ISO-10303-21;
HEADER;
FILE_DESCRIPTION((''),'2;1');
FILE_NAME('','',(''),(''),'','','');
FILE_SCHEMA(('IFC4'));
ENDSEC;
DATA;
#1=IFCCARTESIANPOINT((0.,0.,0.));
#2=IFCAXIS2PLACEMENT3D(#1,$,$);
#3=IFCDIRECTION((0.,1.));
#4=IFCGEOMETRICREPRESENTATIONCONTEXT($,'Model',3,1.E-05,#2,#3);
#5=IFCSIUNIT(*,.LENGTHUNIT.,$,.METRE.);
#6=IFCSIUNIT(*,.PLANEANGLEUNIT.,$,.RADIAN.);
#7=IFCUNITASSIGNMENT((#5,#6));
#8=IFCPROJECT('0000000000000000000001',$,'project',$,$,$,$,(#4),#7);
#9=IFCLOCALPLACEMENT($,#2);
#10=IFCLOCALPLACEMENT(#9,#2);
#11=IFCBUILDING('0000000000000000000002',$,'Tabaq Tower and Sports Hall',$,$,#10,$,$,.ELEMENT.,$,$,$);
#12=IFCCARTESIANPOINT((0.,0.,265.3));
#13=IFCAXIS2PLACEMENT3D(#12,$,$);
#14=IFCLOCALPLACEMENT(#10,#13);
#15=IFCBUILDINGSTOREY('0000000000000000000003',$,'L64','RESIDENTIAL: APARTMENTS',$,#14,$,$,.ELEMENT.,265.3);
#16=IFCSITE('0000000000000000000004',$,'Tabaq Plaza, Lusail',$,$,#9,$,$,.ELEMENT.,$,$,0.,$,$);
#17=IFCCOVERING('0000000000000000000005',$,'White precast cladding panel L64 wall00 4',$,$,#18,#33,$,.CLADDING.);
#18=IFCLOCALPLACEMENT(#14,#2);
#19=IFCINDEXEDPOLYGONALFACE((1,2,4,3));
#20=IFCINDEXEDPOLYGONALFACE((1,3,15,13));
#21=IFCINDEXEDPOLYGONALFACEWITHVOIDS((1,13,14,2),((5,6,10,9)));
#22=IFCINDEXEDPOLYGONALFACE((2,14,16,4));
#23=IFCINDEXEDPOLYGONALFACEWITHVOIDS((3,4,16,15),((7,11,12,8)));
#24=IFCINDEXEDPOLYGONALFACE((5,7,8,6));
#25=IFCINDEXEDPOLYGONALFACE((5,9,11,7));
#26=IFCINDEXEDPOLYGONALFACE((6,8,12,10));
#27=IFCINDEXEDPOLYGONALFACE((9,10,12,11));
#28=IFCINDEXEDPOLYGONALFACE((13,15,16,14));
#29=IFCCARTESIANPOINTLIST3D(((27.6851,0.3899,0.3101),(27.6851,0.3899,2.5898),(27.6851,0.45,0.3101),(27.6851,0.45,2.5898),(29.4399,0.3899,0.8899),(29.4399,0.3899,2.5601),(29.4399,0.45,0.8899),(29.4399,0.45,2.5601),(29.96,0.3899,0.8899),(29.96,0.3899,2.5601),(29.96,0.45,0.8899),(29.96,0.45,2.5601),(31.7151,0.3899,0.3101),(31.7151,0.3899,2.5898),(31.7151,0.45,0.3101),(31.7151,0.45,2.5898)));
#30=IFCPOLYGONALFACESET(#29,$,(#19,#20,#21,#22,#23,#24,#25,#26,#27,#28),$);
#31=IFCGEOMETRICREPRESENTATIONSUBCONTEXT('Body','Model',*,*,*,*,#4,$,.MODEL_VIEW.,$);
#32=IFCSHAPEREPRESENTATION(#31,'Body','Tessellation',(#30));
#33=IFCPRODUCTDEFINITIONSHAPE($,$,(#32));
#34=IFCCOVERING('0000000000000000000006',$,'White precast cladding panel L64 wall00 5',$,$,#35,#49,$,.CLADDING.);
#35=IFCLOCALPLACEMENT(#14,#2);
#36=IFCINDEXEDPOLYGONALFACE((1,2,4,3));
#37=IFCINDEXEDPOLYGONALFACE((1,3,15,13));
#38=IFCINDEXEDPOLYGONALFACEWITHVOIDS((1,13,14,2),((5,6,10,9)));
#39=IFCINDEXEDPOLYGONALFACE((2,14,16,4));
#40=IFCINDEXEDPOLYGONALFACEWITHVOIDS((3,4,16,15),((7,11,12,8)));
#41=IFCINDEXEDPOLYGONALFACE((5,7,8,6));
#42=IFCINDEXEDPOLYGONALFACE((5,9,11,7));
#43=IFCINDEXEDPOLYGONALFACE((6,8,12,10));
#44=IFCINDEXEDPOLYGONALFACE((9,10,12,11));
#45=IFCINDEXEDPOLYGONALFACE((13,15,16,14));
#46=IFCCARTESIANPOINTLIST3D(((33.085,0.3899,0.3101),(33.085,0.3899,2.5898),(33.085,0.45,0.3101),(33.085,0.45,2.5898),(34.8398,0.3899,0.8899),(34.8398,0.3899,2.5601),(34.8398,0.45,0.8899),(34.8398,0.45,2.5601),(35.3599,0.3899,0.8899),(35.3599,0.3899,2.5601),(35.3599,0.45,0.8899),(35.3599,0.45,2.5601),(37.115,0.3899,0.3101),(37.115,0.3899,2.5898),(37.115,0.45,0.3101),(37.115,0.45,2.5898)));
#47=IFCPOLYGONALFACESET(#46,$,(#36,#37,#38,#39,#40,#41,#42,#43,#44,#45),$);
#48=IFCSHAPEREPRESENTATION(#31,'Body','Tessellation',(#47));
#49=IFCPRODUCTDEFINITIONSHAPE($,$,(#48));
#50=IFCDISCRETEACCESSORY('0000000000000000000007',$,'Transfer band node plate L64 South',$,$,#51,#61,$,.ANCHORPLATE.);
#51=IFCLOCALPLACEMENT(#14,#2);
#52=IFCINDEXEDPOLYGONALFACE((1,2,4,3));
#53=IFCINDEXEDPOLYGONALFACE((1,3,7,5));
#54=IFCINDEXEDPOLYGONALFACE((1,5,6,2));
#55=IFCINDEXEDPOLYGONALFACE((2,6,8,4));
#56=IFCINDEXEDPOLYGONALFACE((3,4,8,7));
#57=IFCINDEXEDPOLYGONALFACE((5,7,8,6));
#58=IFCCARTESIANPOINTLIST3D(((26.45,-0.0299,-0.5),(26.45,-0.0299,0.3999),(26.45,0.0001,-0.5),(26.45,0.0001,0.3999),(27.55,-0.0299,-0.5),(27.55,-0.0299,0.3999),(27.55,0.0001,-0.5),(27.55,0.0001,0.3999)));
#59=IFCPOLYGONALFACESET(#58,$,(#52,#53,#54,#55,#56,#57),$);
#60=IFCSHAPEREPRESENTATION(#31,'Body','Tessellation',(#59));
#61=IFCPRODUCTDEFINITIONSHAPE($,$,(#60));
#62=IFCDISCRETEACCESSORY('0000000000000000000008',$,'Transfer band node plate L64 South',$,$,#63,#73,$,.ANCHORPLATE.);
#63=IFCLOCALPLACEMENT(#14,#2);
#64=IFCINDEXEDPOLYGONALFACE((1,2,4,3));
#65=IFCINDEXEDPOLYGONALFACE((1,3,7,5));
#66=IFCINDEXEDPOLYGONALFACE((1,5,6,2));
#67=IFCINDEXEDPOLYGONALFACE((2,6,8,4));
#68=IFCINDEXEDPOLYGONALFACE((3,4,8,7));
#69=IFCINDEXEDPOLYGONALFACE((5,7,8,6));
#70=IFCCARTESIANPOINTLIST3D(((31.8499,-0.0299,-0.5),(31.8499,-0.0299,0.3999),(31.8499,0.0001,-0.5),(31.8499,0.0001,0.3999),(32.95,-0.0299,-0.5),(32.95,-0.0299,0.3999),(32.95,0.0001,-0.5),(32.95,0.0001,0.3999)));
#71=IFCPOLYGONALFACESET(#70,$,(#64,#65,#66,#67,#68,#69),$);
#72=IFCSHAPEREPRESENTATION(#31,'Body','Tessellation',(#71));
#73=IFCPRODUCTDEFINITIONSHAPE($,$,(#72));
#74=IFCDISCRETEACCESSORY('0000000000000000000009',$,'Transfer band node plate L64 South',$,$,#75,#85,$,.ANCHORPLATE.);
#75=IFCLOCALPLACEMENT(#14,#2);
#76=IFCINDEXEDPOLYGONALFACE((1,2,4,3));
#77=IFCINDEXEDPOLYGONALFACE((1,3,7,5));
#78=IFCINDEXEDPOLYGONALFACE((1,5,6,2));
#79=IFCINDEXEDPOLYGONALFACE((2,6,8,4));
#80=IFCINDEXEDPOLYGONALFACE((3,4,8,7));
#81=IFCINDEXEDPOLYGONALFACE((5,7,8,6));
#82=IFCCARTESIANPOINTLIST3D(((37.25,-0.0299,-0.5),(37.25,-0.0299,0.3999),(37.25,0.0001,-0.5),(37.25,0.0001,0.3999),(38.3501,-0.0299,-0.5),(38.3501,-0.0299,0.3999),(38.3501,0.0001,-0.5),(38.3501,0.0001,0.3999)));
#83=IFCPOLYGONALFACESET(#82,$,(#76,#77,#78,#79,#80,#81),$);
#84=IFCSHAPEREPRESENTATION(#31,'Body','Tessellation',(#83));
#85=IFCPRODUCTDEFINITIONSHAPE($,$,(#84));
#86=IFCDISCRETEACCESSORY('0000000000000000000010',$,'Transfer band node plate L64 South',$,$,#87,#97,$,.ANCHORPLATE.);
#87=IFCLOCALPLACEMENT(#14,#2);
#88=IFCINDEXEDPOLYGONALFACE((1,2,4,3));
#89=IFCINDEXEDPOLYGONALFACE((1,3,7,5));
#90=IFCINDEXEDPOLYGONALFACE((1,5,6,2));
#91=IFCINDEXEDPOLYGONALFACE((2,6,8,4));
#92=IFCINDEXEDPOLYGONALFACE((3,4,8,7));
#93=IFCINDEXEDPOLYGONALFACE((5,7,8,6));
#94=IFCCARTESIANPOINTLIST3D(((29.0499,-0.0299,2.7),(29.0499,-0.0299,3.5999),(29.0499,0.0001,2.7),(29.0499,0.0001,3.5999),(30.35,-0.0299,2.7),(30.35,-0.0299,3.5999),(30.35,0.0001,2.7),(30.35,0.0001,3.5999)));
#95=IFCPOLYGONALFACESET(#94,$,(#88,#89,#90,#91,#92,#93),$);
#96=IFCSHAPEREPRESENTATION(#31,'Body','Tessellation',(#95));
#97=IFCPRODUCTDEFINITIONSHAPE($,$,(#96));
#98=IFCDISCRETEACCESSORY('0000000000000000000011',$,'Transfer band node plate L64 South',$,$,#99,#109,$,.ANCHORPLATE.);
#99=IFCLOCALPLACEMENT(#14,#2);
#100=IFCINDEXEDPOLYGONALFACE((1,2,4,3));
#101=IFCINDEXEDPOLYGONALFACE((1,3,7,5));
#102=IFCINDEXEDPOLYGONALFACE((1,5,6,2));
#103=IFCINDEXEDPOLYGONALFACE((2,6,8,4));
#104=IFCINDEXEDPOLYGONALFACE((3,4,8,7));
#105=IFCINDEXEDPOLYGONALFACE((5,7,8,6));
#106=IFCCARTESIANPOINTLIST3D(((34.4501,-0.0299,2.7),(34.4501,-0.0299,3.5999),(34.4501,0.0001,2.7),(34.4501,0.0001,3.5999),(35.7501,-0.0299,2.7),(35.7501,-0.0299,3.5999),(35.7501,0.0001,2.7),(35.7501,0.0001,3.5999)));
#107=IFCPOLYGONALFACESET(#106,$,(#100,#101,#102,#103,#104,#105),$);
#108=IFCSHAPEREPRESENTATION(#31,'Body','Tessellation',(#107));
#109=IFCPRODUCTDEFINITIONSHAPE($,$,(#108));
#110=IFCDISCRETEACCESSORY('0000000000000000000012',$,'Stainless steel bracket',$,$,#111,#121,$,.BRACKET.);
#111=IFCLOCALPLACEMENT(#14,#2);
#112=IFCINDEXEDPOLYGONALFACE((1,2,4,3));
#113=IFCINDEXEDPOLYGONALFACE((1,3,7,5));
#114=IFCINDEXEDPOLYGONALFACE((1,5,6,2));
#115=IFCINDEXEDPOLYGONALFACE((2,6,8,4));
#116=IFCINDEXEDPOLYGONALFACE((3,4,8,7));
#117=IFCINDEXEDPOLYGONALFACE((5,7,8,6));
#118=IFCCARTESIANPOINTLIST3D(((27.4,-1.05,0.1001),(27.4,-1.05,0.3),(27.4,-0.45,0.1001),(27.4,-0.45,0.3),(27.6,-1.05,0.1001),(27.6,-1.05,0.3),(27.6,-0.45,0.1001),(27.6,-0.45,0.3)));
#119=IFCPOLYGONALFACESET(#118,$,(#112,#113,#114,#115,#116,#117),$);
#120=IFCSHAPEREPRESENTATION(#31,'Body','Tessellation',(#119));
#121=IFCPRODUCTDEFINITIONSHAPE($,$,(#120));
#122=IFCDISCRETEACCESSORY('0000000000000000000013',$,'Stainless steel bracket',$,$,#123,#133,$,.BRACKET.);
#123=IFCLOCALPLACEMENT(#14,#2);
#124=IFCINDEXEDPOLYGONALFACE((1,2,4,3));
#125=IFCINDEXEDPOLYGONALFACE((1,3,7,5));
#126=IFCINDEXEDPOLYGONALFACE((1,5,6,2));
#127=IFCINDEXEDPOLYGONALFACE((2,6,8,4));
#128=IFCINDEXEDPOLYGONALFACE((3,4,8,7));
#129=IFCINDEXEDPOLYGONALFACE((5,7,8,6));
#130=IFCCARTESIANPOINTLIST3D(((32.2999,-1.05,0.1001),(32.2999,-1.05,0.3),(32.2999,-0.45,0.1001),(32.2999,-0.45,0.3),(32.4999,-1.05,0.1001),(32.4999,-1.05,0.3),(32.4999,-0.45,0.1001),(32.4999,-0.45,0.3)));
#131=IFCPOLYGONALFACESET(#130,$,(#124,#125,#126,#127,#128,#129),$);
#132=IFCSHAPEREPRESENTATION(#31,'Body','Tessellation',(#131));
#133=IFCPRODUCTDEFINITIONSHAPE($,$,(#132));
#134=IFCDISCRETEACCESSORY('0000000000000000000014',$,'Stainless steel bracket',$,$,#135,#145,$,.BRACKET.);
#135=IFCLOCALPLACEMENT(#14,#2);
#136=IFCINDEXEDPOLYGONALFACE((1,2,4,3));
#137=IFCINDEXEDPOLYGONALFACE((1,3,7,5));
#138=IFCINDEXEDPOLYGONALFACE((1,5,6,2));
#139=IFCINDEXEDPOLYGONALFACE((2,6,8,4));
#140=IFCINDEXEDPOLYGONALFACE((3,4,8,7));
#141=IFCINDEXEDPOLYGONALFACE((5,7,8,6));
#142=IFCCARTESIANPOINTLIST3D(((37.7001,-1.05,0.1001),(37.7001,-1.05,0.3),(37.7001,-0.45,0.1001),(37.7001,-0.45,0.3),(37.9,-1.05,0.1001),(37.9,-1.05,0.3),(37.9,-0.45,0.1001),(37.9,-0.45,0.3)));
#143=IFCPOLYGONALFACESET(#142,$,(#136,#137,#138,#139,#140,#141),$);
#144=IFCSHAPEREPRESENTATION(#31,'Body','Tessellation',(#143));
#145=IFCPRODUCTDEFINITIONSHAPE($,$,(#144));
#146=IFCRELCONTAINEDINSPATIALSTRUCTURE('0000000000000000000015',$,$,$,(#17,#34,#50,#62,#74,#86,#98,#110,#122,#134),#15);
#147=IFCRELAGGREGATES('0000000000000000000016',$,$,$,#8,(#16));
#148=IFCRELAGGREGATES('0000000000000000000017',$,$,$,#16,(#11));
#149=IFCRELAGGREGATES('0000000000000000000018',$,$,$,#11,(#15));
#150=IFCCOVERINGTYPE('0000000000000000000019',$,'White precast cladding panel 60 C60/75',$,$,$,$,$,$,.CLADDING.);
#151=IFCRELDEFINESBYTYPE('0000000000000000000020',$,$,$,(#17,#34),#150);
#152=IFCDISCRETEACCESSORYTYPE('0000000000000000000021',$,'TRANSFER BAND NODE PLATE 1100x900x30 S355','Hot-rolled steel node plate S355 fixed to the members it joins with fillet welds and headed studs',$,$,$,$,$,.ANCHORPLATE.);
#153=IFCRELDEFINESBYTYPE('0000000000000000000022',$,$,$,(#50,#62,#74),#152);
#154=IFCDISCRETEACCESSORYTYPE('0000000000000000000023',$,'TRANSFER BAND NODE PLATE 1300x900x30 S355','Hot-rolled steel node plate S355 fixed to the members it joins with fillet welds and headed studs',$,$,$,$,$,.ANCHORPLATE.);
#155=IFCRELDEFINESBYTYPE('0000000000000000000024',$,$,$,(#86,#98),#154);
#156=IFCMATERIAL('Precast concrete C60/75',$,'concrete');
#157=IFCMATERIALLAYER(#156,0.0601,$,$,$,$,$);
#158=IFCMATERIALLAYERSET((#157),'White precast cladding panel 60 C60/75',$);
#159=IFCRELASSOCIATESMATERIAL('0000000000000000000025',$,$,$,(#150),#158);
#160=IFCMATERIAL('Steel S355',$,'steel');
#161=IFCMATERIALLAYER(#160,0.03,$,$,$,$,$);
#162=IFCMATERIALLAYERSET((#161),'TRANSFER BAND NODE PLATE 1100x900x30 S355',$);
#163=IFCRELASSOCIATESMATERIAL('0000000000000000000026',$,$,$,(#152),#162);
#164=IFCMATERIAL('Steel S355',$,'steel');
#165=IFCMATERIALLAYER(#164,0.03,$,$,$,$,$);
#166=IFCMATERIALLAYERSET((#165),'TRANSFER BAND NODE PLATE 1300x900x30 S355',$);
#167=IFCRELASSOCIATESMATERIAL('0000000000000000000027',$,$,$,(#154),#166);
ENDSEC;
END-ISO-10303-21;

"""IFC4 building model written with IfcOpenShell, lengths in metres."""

from ifc_helpers import new_model, si_unit, direction, frame, origin, origin_2d, place, context, subcontext, project, spatial, polyline, rectangle, outline, extrude, material, layer, layer_set, type_object, element, save


model = new_model("IFC4")

# Units and contexts
model_context = context("Model", 3, precision=1e-05, world=origin(), true_north=direction((0.0, 1.0)))
body_context = subcontext(model_context, "Body", "Model", "MODEL_VIEW")
ifc_project = project(units=[si_unit("LENGTHUNIT", "METRE"), si_unit("PLANEANGLEUNIT", "RADIAN")], contexts=[model_context])

# Site, building, storey
site_placement = place(None, origin())
site = spatial("IfcSite", under=ifc_project, at=site_placement, Name="Tabaq Plaza, Lusail", CompositionType="ELEMENT", RefElevation=0.0)
building_placement = place(site_placement, origin())
building = spatial("IfcBuilding", under=site, at=building_placement, Name="Tabaq Tower and Sports Hall", CompositionType="ELEMENT")
storey_placement = place(building_placement, frame((0.0, 0.0, 265.3)))
storey = spatial("IfcBuildingStorey", under=building, at=storey_placement, Name="L64", Description="RESIDENTIAL: APARTMENTS", CompositionType="ELEMENT", Elevation=265.3)

# Coverings
ifc_material_1 = material(Name="Precast concrete C60/75", Category="concrete")
ifc_layer_1 = layer(ifc_material_1, 0.0601)
ifc_layer_set_1 = layer_set([ifc_layer_1], Name="White precast cladding panel 60 C60/75")
covering_type_1 = type_object("IfcCoveringType", Name="White precast cladding panel 60 C60/75", PredefinedType="CLADDING", material=ifc_layer_set_1)
for number, where, z_axis, x_axis, name in (
    (1, (27.6851, 0.4199, 0.3101), (0.0, 0.0, 1.0), (1.0, 0.0, 0.0), "White precast cladding panel L64 wall00 4"),
    (2, (33.085, 0.4199, 0.3101), (0.0, 0.0, 1.0), (1.0, 0.0, 0.0), "White precast cladding panel L64 wall00 5"),
):
    element("IfcCovering", number, at=place(storey_placement, frame(where, z_axis=z_axis, x_axis=x_axis)), inside=storey, type_object=covering_type_1, Name=name, PredefinedType="CLADDING", context=body_context, shape_type="SweptSolid", body=[
        extrude(outline(polyline([(0.0, 0.0), (4.03, 0.0), (4.03, 2.2798), (0.0, 2.2798), (0.0, 0.0)]), holes=[polyline([(2.2749, 0.5798), (1.7549, 0.5798), (1.7549, 2.25), (2.2749, 2.25), (2.2749, 0.5798)])]), frame((0.0, 0.03, 0.0), z_axis=(0.0, -1.0, 0.0), x_axis=(1.0, 0.0, 0.0)), (0.0, 0.0, 1.0), 0.0601),
    ])

# Discrete accessories
ifc_material_2 = material(Name="Steel S355", Category="steel")
ifc_layer_2 = layer(ifc_material_2, 0.03)
ifc_layer_set_2 = layer_set([ifc_layer_2], Name="TRANSFER BAND NODE PLATE 1100x900x30 S355")
discrete_accessory_type_1 = type_object("IfcDiscreteAccessoryType", Name="TRANSFER BAND NODE PLATE 1100x900x30 S355", Description="Hot-rolled steel node plate S355 fixed to the members it joins with fillet welds and headed studs", PredefinedType="ANCHORPLATE", material=ifc_layer_set_2)
for number, where, z_axis, x_axis, name in (
    (3, (27.0, -0.0149, -0.5), (0.0, 0.0, 1.0), (1.0, 0.0, 0.0), "Transfer band node plate L64 South"),
    (4, (32.3999, -0.0149, -0.5), (0.0, 0.0, 1.0), (1.0, 0.0, 0.0), "Transfer band node plate L64 South"),
    (5, (37.8, -0.0149, -0.5), (0.0, 0.0, 1.0), (1.0, 0.0, 0.0), "Transfer band node plate L64 South"),
):
    element("IfcDiscreteAccessory", number, at=place(storey_placement, frame(where, z_axis=z_axis, x_axis=x_axis)), inside=storey, type_object=discrete_accessory_type_1, Name=name, PredefinedType="ANCHORPLATE", context=body_context, shape_type="SweptSolid", body=[
        extrude(rectangle(XDim=1.1001, YDim=0.03, at=origin_2d()), origin(), (0.0, 0.0, 1.0), 0.8999),
    ])
ifc_material_3 = material(Name="Steel S355", Category="steel")
ifc_layer_3 = layer(ifc_material_3, 0.03)
ifc_layer_set_3 = layer_set([ifc_layer_3], Name="TRANSFER BAND NODE PLATE 1300x900x30 S355")
discrete_accessory_type_2 = type_object("IfcDiscreteAccessoryType", Name="TRANSFER BAND NODE PLATE 1300x900x30 S355", Description="Hot-rolled steel node plate S355 fixed to the members it joins with fillet welds and headed studs", PredefinedType="ANCHORPLATE", material=ifc_layer_set_3)
for number, where, z_axis, x_axis, name in (
    (6, (29.7, -0.0149, 2.7), (0.0, 0.0, 1.0), (1.0, 0.0, 0.0), "Transfer band node plate L64 South"),
    (7, (35.1001, -0.0149, 2.7), (0.0, 0.0, 1.0), (1.0, 0.0, 0.0), "Transfer band node plate L64 South"),
):
    element("IfcDiscreteAccessory", number, at=place(storey_placement, frame(where, z_axis=z_axis, x_axis=x_axis)), inside=storey, type_object=discrete_accessory_type_2, Name=name, PredefinedType="ANCHORPLATE", context=body_context, shape_type="SweptSolid", body=[
        extrude(rectangle(XDim=1.3, YDim=0.03, at=origin_2d()), origin(), (0.0, 0.0, 1.0), 0.8999),
    ])
for number, where, z_axis, x_axis, name in (
    (8, (27.5, -0.75, 0.1001), (0.0, 0.0, 1.0), (0.0, -1.0, 0.0), "Stainless steel bracket"),
    (9, (32.3999, -0.75, 0.1001), (0.0, 0.0, 1.0), (0.0, -1.0, 0.0), "Stainless steel bracket"),
    (10, (37.8, -0.75, 0.1001), (0.0, 0.0, 1.0), (0.0, -1.0, 0.0), "Stainless steel bracket"),
):
    element("IfcDiscreteAccessory", number, at=place(storey_placement, frame(where, z_axis=z_axis, x_axis=x_axis)), inside=storey, Name=name, PredefinedType="BRACKET", context=body_context, shape_type="SweptSolid", body=[
        extrude(rectangle(XDim=0.6001, YDim=0.2, at=origin_2d()), origin(), (0.0, 0.0, 1.0), 0.2),
    ])

save(model, "model.ifc")
